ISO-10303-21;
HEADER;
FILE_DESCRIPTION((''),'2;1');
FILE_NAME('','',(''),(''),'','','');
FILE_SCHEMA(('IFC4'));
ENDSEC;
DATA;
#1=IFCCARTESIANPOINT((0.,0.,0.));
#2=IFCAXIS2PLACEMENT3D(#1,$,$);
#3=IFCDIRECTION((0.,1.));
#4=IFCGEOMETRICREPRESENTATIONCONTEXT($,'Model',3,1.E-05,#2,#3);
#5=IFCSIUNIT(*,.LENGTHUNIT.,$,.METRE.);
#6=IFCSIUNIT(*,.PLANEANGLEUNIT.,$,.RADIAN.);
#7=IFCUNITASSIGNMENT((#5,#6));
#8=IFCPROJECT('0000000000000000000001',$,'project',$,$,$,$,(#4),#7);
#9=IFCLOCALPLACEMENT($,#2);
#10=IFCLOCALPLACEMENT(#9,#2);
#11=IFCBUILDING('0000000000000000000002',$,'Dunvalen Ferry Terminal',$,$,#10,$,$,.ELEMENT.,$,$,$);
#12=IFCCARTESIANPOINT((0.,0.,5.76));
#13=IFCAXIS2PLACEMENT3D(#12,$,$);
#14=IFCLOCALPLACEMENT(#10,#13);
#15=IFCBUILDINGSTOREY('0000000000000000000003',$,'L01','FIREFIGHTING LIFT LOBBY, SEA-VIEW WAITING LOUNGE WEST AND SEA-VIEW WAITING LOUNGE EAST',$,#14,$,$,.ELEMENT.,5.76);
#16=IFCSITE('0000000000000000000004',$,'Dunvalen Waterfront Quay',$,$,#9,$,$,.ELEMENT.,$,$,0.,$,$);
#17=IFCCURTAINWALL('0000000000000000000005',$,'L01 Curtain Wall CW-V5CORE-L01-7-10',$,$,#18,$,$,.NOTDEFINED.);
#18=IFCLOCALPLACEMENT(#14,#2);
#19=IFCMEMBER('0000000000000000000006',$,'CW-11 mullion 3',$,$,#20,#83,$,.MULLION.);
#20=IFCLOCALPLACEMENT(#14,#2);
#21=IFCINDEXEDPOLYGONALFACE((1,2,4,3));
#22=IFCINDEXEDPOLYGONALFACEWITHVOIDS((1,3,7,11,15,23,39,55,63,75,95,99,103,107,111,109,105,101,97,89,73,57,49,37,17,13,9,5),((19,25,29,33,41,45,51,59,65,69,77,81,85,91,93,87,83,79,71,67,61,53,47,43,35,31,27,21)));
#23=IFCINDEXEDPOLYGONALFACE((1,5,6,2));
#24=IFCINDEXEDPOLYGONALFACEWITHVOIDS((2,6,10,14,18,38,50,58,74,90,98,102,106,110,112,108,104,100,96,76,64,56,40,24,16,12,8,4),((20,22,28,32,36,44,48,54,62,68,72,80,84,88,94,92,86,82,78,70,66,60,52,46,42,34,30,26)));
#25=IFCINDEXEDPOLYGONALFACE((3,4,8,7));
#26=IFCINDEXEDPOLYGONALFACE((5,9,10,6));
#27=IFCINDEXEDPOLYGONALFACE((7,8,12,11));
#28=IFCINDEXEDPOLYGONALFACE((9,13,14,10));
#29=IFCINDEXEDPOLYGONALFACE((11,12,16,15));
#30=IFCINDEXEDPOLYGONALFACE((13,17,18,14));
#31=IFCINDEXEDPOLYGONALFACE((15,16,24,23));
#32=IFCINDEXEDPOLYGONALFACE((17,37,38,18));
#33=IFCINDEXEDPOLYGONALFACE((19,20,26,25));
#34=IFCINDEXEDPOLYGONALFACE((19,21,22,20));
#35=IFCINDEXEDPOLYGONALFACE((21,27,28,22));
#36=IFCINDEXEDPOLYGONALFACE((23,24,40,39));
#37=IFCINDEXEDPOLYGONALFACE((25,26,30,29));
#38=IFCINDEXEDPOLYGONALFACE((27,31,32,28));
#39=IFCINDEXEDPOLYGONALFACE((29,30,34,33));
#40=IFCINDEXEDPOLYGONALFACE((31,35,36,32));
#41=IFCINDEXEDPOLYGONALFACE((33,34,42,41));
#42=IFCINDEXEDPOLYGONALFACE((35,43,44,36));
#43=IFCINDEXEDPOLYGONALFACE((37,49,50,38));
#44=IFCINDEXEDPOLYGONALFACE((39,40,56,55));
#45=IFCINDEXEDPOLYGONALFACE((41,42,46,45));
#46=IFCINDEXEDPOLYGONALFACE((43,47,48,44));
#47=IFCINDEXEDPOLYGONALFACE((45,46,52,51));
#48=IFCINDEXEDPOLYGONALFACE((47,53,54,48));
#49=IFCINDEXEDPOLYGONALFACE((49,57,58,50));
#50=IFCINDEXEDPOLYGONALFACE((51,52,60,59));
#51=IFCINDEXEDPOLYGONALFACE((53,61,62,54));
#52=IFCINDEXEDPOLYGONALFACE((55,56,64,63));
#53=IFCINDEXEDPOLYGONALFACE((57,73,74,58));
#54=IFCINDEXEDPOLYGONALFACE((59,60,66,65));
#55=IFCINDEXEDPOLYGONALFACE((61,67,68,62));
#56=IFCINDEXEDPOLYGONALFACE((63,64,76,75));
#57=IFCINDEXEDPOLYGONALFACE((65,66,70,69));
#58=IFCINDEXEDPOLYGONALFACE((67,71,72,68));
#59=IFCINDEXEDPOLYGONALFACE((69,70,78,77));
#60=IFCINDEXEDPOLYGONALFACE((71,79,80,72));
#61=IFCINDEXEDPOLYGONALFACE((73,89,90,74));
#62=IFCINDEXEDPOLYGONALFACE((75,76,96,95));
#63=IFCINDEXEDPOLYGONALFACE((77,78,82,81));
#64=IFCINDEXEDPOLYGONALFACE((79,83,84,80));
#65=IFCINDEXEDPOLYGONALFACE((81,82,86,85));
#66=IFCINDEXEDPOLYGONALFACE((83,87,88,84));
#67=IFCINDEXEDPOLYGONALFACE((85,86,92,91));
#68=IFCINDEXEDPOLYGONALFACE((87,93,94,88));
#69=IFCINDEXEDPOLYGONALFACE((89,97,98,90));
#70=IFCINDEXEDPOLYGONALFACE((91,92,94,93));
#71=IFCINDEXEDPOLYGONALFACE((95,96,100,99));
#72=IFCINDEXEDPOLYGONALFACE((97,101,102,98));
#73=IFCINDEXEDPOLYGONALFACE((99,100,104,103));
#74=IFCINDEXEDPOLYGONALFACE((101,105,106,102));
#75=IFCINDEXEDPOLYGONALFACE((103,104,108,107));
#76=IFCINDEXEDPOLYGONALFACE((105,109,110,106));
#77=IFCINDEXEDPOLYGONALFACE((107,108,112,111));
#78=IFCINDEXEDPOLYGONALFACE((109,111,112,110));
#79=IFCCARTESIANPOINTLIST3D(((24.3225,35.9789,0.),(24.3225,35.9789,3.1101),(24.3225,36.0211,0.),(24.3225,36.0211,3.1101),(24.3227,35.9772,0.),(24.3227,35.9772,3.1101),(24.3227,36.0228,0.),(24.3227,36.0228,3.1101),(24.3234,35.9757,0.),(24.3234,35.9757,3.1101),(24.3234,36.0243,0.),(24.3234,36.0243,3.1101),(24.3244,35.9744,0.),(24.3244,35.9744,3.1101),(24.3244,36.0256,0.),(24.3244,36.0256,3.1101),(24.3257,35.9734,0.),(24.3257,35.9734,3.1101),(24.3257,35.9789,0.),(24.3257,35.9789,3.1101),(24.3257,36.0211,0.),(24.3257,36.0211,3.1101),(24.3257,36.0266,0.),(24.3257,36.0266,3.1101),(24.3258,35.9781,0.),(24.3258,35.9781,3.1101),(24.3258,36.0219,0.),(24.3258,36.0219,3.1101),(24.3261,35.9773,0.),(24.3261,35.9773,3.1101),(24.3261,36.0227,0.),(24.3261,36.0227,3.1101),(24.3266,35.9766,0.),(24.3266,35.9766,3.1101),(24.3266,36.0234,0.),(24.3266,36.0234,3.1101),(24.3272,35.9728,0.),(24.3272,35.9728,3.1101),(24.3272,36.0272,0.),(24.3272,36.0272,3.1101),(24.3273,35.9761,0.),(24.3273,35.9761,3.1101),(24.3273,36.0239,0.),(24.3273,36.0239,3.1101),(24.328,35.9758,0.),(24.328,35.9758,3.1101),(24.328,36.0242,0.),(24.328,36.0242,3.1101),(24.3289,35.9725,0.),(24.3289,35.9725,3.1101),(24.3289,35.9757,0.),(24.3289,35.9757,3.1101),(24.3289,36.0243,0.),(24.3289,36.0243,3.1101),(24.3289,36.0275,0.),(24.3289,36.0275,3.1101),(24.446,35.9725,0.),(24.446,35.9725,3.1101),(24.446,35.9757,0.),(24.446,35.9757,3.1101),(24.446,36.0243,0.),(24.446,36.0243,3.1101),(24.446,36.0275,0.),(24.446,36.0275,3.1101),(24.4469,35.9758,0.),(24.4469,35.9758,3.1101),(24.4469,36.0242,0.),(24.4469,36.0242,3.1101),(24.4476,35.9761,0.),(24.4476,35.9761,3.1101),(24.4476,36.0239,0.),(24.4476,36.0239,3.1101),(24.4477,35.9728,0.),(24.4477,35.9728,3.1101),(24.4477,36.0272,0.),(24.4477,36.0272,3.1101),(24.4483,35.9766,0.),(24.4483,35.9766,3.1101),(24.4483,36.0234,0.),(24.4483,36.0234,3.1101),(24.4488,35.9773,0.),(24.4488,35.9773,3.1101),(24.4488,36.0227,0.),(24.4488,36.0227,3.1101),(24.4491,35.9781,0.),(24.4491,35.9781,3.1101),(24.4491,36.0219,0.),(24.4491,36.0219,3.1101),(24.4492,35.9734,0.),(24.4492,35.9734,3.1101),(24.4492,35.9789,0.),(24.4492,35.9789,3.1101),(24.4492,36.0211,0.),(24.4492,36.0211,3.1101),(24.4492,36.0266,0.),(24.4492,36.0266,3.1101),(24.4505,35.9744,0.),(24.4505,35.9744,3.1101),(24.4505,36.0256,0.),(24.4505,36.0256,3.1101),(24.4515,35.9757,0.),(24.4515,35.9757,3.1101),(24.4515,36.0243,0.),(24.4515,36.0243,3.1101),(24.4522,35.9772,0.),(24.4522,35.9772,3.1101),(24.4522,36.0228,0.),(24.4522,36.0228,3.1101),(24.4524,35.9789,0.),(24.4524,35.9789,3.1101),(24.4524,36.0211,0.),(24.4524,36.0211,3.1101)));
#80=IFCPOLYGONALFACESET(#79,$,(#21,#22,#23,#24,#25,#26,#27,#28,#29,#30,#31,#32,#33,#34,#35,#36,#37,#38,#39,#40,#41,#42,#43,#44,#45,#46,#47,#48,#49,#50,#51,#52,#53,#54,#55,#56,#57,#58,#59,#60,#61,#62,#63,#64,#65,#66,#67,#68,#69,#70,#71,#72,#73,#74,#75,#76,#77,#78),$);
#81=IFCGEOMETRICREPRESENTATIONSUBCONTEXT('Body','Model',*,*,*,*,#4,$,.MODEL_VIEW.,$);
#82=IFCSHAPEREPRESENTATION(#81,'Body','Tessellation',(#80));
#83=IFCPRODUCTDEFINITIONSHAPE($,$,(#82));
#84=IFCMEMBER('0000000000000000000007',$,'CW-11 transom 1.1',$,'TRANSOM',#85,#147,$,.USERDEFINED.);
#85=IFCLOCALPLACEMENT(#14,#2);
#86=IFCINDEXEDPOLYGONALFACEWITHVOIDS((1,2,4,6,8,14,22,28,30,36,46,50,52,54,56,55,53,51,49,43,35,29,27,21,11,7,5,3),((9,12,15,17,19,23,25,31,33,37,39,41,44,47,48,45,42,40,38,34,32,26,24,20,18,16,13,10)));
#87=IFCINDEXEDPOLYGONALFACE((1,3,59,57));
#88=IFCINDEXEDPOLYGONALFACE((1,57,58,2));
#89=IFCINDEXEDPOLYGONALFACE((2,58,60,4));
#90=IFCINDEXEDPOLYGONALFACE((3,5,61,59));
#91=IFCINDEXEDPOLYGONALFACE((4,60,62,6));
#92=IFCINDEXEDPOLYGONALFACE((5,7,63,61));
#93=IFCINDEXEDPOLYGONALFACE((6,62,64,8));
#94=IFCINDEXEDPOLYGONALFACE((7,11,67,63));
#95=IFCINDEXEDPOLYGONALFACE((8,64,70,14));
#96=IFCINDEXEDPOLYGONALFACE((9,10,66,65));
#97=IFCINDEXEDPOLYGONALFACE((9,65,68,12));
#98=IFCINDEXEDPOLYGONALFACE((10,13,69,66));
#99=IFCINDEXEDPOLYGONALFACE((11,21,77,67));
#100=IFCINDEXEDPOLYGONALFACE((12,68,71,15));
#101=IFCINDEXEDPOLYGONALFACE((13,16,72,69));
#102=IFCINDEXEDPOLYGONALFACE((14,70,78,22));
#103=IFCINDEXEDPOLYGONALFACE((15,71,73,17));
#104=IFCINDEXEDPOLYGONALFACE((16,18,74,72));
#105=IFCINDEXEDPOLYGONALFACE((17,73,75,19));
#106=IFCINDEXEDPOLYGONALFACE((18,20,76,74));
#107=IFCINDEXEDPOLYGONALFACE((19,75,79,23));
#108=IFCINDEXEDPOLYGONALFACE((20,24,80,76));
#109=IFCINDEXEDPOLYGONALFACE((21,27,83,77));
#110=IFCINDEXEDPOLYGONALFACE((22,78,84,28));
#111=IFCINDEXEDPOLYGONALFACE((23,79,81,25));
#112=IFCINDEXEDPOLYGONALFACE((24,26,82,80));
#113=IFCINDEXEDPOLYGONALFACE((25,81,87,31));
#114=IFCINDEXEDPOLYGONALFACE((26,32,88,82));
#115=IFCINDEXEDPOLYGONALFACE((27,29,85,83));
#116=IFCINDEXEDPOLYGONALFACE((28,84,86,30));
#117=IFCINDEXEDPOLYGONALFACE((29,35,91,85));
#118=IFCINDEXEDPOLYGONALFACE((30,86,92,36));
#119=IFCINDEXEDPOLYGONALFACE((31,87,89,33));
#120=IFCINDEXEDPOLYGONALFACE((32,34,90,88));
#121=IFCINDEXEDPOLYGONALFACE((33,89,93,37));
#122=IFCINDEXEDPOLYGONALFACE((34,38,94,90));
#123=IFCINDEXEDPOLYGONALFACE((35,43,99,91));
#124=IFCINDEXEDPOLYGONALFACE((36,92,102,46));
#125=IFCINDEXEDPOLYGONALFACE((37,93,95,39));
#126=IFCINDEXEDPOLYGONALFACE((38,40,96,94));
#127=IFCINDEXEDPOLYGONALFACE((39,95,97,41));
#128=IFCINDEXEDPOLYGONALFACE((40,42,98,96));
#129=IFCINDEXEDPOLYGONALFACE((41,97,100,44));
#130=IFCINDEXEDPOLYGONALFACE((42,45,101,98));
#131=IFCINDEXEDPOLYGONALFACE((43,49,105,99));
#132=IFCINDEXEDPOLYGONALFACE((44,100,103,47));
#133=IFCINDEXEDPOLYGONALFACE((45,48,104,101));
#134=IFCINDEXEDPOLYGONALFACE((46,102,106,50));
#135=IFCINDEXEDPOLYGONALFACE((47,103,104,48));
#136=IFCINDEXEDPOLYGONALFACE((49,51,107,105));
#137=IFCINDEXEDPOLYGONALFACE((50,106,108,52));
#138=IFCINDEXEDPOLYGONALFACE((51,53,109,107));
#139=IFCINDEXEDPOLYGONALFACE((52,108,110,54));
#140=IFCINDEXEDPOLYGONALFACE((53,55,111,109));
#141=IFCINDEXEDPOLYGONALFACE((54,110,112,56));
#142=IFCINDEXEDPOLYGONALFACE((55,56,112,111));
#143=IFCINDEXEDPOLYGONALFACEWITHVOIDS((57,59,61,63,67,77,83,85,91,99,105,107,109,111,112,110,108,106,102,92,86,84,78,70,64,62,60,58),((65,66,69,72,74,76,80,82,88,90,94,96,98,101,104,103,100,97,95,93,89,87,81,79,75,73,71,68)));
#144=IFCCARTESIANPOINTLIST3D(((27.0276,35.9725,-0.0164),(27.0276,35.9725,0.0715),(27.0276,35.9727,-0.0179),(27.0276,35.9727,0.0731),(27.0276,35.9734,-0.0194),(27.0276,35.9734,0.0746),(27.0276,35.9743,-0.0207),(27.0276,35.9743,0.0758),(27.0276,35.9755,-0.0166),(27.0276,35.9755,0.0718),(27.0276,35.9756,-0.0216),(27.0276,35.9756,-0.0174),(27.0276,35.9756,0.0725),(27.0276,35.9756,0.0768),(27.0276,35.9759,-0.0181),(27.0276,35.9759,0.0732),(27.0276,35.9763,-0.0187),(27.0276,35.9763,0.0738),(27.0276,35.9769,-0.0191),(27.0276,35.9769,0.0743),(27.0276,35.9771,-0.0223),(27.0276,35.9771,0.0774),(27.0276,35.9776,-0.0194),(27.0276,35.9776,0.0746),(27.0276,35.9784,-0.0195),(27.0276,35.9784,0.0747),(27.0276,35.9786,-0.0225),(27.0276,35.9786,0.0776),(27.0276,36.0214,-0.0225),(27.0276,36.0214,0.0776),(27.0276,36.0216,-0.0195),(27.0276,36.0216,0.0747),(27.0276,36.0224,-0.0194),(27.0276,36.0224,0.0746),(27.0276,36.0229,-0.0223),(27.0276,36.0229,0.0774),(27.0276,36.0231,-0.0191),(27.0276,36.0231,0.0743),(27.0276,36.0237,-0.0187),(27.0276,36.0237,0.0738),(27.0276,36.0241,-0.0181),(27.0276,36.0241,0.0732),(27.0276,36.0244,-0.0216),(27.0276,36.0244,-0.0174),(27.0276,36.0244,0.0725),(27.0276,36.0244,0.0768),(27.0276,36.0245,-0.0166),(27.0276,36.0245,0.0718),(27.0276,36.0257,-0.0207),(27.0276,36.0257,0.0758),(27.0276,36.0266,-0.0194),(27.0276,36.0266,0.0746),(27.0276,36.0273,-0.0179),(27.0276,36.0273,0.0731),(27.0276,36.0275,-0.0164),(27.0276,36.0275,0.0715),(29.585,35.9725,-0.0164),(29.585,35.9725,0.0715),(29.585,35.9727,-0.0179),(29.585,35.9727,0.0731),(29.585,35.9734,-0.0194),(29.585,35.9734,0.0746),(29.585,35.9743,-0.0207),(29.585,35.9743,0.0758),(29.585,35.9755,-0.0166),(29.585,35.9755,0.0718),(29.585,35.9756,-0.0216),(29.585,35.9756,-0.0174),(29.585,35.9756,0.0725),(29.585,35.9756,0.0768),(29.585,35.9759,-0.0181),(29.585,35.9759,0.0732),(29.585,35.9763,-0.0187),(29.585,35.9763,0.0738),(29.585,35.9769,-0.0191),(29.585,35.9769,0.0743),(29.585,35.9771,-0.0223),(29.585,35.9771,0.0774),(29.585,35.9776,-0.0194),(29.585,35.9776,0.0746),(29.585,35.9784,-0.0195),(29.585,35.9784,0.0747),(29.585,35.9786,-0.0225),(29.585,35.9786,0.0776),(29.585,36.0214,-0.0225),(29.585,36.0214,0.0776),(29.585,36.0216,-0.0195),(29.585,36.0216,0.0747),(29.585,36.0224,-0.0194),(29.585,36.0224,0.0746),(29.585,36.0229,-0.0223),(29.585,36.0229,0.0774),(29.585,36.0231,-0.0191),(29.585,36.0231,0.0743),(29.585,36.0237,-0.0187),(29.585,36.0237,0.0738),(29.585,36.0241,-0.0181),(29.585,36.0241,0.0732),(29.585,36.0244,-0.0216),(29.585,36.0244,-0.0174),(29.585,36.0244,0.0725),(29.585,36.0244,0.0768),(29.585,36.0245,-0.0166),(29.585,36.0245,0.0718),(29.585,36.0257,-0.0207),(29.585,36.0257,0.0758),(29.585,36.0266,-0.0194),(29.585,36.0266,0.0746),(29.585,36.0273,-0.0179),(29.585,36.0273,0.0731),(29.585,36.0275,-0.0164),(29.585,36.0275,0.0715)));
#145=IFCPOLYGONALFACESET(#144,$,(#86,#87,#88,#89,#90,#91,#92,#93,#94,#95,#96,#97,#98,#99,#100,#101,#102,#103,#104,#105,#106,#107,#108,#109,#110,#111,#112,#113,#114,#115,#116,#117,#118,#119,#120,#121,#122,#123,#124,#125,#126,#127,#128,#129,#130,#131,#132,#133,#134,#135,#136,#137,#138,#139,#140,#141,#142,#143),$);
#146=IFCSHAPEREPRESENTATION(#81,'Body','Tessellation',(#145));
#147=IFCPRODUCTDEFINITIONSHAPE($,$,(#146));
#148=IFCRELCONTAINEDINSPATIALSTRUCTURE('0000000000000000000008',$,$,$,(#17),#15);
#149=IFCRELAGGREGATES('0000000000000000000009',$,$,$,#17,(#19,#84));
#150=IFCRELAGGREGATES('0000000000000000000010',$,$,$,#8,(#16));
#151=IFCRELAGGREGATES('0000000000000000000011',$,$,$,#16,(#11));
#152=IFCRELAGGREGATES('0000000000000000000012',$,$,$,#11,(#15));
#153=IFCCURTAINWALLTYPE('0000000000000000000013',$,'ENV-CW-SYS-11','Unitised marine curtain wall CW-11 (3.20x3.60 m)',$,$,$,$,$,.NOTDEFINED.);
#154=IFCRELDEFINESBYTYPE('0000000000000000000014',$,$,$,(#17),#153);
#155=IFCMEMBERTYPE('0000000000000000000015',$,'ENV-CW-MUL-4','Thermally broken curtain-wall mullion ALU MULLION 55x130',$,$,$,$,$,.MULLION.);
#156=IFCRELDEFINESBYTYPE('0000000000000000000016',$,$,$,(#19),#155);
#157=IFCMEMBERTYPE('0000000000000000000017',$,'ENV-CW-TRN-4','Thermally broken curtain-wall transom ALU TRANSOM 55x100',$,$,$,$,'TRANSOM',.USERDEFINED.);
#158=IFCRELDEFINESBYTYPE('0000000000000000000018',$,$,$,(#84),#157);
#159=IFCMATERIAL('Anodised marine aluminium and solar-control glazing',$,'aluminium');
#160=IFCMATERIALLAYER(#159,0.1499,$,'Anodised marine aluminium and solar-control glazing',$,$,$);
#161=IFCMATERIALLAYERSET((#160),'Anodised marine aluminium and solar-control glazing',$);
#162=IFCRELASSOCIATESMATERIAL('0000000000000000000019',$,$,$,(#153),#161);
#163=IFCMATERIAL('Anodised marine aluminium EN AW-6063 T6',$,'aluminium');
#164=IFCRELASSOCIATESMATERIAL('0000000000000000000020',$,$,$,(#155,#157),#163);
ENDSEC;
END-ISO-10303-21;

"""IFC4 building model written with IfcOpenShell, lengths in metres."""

from ifc_helpers import new_model, si_unit, direction, frame, origin, origin_2d, place, context, subcontext, project, spatial, hollow_rectangle, extrude, material, layer, layer_set, material_profile, profile_set, type_object, element, aggregate, save


model = new_model("IFC4")

# Units and contexts
model_context = context("Model", 3, precision=1e-05, world=origin(), true_north=direction((0.0, 1.0)))
body_context = subcontext(model_context, "Body", "Model", "MODEL_VIEW")
ifc_project = project(units=[si_unit("LENGTHUNIT", "METRE"), si_unit("PLANEANGLEUNIT", "RADIAN")], contexts=[model_context])

# Site, building, storey
site_placement = place(None, origin())
site = spatial("IfcSite", under=ifc_project, at=site_placement, Name="Dunvalen Waterfront Quay", CompositionType="ELEMENT", RefElevation=0.0)
building_placement = place(site_placement, origin())
building = spatial("IfcBuilding", under=site, at=building_placement, Name="Dunvalen Ferry Terminal", CompositionType="ELEMENT")
storey_placement = place(building_placement, frame((0.0, 0.0, 5.76)))
storey = spatial("IfcBuildingStorey", under=building, at=storey_placement, Name="L01", Description="FIREFIGHTING LIFT LOBBY, SEA-VIEW WAITING LOUNGE WEST AND SEA-VIEW WAITING LOUNGE EAST", CompositionType="ELEMENT", Elevation=5.76)

# Curtain wall, members
ifc_material_1 = material(Name="Anodised marine aluminium and solar-control glazing", Category="aluminium")
ifc_layer_1 = layer(ifc_material_1, 0.1499, Name="Anodised marine aluminium and solar-control glazing")
ifc_layer_set_1 = layer_set([ifc_layer_1], Name="Anodised marine aluminium and solar-control glazing")
curtain_wall_type = type_object("IfcCurtainWallType", Name="ENV-CW-SYS-11", Description="Unitised marine curtain wall CW-11 (3.20x3.60 m)", PredefinedType="NOTDEFINED", material=ifc_layer_set_1)
curtain_wall_placement = place(storey_placement, origin())
curtain_wall = element("IfcCurtainWall", 1, at=curtain_wall_placement, inside=storey, type_object=curtain_wall_type, Name="L01 Curtain Wall CW-V5CORE-L01-7-10", PredefinedType="NOTDEFINED")
ifc_material_2 = material(Name="Anodised marine aluminium EN AW-6063 T6", Category="aluminium")
ifc_material_profile_1 = material_profile(ifc_material_2, hollow_rectangle(XDim=0.0549, YDim=0.1299, WallThickness=0.0032, InnerFilletRadius=0.0032, OuterFilletRadius=0.0063, at=origin_2d()), Name="Anodised marine aluminium EN AW-6063 T6")
ifc_profile_set_1 = profile_set([ifc_material_profile_1], Name="Anodised marine aluminium EN AW-6063 T6")
member_type_1 = type_object("IfcMemberType", Name="ENV-CW-MUL-4", Description="Thermally broken curtain-wall mullion ALU MULLION 55x130", PredefinedType="MULLION", material=ifc_profile_set_1)
member_1_placement = place(storey_placement, frame((24.3875, 36.0, 0.0), z_axis=(0.0, 0.0, 1.0), x_axis=(0.0, -1.0, 0.0)))
member_1 = element("IfcMember", 2, at=member_1_placement, type_object=member_type_1, Name="CW-11 mullion 3", PredefinedType="MULLION", context=body_context, shape_type="SweptSolid", body=[
    extrude(hollow_rectangle(XDim=0.0549, YDim=0.1299, WallThickness=0.0032, InnerFilletRadius=0.0032, OuterFilletRadius=0.0063, at=origin_2d()), origin(), (0.0, 0.0, 1.0), 3.1101),
])
ifc_material_profile_2 = material_profile(ifc_material_2, hollow_rectangle(XDim=0.0549, YDim=0.1001, WallThickness=0.0029, InnerFilletRadius=0.0029, OuterFilletRadius=0.0061, at=origin_2d()), Name="Anodised marine aluminium EN AW-6063 T6")
ifc_profile_set_2 = profile_set([ifc_material_profile_2], Name="Anodised marine aluminium EN AW-6063 T6")
member_type_2 = type_object("IfcMemberType", Name="ENV-CW-TRN-4", Description="Thermally broken curtain-wall transom ALU TRANSOM 55x100", ElementType="TRANSOM", PredefinedType="USERDEFINED", material=ifc_profile_set_2)
member_2_placement = place(storey_placement, frame((29.585, 36.0, 0.0276), z_axis=(-1.0, 0.0, 0.0), x_axis=(0.0, -1.0, 0.0)))
member_2 = element("IfcMember", 3, at=member_2_placement, type_object=member_type_2, Name="CW-11 transom 1.1", ObjectType="TRANSOM", PredefinedType="USERDEFINED", context=body_context, shape_type="SweptSolid", body=[
    extrude(hollow_rectangle(XDim=0.0549, YDim=0.1001, WallThickness=0.0029, InnerFilletRadius=0.0029, OuterFilletRadius=0.0061, at=origin_2d()), origin(), (0.0, 0.0, 1.0), 2.5574),
])

aggregate(curtain_wall, [member_1, member_2])

save(model, "model.ifc")
